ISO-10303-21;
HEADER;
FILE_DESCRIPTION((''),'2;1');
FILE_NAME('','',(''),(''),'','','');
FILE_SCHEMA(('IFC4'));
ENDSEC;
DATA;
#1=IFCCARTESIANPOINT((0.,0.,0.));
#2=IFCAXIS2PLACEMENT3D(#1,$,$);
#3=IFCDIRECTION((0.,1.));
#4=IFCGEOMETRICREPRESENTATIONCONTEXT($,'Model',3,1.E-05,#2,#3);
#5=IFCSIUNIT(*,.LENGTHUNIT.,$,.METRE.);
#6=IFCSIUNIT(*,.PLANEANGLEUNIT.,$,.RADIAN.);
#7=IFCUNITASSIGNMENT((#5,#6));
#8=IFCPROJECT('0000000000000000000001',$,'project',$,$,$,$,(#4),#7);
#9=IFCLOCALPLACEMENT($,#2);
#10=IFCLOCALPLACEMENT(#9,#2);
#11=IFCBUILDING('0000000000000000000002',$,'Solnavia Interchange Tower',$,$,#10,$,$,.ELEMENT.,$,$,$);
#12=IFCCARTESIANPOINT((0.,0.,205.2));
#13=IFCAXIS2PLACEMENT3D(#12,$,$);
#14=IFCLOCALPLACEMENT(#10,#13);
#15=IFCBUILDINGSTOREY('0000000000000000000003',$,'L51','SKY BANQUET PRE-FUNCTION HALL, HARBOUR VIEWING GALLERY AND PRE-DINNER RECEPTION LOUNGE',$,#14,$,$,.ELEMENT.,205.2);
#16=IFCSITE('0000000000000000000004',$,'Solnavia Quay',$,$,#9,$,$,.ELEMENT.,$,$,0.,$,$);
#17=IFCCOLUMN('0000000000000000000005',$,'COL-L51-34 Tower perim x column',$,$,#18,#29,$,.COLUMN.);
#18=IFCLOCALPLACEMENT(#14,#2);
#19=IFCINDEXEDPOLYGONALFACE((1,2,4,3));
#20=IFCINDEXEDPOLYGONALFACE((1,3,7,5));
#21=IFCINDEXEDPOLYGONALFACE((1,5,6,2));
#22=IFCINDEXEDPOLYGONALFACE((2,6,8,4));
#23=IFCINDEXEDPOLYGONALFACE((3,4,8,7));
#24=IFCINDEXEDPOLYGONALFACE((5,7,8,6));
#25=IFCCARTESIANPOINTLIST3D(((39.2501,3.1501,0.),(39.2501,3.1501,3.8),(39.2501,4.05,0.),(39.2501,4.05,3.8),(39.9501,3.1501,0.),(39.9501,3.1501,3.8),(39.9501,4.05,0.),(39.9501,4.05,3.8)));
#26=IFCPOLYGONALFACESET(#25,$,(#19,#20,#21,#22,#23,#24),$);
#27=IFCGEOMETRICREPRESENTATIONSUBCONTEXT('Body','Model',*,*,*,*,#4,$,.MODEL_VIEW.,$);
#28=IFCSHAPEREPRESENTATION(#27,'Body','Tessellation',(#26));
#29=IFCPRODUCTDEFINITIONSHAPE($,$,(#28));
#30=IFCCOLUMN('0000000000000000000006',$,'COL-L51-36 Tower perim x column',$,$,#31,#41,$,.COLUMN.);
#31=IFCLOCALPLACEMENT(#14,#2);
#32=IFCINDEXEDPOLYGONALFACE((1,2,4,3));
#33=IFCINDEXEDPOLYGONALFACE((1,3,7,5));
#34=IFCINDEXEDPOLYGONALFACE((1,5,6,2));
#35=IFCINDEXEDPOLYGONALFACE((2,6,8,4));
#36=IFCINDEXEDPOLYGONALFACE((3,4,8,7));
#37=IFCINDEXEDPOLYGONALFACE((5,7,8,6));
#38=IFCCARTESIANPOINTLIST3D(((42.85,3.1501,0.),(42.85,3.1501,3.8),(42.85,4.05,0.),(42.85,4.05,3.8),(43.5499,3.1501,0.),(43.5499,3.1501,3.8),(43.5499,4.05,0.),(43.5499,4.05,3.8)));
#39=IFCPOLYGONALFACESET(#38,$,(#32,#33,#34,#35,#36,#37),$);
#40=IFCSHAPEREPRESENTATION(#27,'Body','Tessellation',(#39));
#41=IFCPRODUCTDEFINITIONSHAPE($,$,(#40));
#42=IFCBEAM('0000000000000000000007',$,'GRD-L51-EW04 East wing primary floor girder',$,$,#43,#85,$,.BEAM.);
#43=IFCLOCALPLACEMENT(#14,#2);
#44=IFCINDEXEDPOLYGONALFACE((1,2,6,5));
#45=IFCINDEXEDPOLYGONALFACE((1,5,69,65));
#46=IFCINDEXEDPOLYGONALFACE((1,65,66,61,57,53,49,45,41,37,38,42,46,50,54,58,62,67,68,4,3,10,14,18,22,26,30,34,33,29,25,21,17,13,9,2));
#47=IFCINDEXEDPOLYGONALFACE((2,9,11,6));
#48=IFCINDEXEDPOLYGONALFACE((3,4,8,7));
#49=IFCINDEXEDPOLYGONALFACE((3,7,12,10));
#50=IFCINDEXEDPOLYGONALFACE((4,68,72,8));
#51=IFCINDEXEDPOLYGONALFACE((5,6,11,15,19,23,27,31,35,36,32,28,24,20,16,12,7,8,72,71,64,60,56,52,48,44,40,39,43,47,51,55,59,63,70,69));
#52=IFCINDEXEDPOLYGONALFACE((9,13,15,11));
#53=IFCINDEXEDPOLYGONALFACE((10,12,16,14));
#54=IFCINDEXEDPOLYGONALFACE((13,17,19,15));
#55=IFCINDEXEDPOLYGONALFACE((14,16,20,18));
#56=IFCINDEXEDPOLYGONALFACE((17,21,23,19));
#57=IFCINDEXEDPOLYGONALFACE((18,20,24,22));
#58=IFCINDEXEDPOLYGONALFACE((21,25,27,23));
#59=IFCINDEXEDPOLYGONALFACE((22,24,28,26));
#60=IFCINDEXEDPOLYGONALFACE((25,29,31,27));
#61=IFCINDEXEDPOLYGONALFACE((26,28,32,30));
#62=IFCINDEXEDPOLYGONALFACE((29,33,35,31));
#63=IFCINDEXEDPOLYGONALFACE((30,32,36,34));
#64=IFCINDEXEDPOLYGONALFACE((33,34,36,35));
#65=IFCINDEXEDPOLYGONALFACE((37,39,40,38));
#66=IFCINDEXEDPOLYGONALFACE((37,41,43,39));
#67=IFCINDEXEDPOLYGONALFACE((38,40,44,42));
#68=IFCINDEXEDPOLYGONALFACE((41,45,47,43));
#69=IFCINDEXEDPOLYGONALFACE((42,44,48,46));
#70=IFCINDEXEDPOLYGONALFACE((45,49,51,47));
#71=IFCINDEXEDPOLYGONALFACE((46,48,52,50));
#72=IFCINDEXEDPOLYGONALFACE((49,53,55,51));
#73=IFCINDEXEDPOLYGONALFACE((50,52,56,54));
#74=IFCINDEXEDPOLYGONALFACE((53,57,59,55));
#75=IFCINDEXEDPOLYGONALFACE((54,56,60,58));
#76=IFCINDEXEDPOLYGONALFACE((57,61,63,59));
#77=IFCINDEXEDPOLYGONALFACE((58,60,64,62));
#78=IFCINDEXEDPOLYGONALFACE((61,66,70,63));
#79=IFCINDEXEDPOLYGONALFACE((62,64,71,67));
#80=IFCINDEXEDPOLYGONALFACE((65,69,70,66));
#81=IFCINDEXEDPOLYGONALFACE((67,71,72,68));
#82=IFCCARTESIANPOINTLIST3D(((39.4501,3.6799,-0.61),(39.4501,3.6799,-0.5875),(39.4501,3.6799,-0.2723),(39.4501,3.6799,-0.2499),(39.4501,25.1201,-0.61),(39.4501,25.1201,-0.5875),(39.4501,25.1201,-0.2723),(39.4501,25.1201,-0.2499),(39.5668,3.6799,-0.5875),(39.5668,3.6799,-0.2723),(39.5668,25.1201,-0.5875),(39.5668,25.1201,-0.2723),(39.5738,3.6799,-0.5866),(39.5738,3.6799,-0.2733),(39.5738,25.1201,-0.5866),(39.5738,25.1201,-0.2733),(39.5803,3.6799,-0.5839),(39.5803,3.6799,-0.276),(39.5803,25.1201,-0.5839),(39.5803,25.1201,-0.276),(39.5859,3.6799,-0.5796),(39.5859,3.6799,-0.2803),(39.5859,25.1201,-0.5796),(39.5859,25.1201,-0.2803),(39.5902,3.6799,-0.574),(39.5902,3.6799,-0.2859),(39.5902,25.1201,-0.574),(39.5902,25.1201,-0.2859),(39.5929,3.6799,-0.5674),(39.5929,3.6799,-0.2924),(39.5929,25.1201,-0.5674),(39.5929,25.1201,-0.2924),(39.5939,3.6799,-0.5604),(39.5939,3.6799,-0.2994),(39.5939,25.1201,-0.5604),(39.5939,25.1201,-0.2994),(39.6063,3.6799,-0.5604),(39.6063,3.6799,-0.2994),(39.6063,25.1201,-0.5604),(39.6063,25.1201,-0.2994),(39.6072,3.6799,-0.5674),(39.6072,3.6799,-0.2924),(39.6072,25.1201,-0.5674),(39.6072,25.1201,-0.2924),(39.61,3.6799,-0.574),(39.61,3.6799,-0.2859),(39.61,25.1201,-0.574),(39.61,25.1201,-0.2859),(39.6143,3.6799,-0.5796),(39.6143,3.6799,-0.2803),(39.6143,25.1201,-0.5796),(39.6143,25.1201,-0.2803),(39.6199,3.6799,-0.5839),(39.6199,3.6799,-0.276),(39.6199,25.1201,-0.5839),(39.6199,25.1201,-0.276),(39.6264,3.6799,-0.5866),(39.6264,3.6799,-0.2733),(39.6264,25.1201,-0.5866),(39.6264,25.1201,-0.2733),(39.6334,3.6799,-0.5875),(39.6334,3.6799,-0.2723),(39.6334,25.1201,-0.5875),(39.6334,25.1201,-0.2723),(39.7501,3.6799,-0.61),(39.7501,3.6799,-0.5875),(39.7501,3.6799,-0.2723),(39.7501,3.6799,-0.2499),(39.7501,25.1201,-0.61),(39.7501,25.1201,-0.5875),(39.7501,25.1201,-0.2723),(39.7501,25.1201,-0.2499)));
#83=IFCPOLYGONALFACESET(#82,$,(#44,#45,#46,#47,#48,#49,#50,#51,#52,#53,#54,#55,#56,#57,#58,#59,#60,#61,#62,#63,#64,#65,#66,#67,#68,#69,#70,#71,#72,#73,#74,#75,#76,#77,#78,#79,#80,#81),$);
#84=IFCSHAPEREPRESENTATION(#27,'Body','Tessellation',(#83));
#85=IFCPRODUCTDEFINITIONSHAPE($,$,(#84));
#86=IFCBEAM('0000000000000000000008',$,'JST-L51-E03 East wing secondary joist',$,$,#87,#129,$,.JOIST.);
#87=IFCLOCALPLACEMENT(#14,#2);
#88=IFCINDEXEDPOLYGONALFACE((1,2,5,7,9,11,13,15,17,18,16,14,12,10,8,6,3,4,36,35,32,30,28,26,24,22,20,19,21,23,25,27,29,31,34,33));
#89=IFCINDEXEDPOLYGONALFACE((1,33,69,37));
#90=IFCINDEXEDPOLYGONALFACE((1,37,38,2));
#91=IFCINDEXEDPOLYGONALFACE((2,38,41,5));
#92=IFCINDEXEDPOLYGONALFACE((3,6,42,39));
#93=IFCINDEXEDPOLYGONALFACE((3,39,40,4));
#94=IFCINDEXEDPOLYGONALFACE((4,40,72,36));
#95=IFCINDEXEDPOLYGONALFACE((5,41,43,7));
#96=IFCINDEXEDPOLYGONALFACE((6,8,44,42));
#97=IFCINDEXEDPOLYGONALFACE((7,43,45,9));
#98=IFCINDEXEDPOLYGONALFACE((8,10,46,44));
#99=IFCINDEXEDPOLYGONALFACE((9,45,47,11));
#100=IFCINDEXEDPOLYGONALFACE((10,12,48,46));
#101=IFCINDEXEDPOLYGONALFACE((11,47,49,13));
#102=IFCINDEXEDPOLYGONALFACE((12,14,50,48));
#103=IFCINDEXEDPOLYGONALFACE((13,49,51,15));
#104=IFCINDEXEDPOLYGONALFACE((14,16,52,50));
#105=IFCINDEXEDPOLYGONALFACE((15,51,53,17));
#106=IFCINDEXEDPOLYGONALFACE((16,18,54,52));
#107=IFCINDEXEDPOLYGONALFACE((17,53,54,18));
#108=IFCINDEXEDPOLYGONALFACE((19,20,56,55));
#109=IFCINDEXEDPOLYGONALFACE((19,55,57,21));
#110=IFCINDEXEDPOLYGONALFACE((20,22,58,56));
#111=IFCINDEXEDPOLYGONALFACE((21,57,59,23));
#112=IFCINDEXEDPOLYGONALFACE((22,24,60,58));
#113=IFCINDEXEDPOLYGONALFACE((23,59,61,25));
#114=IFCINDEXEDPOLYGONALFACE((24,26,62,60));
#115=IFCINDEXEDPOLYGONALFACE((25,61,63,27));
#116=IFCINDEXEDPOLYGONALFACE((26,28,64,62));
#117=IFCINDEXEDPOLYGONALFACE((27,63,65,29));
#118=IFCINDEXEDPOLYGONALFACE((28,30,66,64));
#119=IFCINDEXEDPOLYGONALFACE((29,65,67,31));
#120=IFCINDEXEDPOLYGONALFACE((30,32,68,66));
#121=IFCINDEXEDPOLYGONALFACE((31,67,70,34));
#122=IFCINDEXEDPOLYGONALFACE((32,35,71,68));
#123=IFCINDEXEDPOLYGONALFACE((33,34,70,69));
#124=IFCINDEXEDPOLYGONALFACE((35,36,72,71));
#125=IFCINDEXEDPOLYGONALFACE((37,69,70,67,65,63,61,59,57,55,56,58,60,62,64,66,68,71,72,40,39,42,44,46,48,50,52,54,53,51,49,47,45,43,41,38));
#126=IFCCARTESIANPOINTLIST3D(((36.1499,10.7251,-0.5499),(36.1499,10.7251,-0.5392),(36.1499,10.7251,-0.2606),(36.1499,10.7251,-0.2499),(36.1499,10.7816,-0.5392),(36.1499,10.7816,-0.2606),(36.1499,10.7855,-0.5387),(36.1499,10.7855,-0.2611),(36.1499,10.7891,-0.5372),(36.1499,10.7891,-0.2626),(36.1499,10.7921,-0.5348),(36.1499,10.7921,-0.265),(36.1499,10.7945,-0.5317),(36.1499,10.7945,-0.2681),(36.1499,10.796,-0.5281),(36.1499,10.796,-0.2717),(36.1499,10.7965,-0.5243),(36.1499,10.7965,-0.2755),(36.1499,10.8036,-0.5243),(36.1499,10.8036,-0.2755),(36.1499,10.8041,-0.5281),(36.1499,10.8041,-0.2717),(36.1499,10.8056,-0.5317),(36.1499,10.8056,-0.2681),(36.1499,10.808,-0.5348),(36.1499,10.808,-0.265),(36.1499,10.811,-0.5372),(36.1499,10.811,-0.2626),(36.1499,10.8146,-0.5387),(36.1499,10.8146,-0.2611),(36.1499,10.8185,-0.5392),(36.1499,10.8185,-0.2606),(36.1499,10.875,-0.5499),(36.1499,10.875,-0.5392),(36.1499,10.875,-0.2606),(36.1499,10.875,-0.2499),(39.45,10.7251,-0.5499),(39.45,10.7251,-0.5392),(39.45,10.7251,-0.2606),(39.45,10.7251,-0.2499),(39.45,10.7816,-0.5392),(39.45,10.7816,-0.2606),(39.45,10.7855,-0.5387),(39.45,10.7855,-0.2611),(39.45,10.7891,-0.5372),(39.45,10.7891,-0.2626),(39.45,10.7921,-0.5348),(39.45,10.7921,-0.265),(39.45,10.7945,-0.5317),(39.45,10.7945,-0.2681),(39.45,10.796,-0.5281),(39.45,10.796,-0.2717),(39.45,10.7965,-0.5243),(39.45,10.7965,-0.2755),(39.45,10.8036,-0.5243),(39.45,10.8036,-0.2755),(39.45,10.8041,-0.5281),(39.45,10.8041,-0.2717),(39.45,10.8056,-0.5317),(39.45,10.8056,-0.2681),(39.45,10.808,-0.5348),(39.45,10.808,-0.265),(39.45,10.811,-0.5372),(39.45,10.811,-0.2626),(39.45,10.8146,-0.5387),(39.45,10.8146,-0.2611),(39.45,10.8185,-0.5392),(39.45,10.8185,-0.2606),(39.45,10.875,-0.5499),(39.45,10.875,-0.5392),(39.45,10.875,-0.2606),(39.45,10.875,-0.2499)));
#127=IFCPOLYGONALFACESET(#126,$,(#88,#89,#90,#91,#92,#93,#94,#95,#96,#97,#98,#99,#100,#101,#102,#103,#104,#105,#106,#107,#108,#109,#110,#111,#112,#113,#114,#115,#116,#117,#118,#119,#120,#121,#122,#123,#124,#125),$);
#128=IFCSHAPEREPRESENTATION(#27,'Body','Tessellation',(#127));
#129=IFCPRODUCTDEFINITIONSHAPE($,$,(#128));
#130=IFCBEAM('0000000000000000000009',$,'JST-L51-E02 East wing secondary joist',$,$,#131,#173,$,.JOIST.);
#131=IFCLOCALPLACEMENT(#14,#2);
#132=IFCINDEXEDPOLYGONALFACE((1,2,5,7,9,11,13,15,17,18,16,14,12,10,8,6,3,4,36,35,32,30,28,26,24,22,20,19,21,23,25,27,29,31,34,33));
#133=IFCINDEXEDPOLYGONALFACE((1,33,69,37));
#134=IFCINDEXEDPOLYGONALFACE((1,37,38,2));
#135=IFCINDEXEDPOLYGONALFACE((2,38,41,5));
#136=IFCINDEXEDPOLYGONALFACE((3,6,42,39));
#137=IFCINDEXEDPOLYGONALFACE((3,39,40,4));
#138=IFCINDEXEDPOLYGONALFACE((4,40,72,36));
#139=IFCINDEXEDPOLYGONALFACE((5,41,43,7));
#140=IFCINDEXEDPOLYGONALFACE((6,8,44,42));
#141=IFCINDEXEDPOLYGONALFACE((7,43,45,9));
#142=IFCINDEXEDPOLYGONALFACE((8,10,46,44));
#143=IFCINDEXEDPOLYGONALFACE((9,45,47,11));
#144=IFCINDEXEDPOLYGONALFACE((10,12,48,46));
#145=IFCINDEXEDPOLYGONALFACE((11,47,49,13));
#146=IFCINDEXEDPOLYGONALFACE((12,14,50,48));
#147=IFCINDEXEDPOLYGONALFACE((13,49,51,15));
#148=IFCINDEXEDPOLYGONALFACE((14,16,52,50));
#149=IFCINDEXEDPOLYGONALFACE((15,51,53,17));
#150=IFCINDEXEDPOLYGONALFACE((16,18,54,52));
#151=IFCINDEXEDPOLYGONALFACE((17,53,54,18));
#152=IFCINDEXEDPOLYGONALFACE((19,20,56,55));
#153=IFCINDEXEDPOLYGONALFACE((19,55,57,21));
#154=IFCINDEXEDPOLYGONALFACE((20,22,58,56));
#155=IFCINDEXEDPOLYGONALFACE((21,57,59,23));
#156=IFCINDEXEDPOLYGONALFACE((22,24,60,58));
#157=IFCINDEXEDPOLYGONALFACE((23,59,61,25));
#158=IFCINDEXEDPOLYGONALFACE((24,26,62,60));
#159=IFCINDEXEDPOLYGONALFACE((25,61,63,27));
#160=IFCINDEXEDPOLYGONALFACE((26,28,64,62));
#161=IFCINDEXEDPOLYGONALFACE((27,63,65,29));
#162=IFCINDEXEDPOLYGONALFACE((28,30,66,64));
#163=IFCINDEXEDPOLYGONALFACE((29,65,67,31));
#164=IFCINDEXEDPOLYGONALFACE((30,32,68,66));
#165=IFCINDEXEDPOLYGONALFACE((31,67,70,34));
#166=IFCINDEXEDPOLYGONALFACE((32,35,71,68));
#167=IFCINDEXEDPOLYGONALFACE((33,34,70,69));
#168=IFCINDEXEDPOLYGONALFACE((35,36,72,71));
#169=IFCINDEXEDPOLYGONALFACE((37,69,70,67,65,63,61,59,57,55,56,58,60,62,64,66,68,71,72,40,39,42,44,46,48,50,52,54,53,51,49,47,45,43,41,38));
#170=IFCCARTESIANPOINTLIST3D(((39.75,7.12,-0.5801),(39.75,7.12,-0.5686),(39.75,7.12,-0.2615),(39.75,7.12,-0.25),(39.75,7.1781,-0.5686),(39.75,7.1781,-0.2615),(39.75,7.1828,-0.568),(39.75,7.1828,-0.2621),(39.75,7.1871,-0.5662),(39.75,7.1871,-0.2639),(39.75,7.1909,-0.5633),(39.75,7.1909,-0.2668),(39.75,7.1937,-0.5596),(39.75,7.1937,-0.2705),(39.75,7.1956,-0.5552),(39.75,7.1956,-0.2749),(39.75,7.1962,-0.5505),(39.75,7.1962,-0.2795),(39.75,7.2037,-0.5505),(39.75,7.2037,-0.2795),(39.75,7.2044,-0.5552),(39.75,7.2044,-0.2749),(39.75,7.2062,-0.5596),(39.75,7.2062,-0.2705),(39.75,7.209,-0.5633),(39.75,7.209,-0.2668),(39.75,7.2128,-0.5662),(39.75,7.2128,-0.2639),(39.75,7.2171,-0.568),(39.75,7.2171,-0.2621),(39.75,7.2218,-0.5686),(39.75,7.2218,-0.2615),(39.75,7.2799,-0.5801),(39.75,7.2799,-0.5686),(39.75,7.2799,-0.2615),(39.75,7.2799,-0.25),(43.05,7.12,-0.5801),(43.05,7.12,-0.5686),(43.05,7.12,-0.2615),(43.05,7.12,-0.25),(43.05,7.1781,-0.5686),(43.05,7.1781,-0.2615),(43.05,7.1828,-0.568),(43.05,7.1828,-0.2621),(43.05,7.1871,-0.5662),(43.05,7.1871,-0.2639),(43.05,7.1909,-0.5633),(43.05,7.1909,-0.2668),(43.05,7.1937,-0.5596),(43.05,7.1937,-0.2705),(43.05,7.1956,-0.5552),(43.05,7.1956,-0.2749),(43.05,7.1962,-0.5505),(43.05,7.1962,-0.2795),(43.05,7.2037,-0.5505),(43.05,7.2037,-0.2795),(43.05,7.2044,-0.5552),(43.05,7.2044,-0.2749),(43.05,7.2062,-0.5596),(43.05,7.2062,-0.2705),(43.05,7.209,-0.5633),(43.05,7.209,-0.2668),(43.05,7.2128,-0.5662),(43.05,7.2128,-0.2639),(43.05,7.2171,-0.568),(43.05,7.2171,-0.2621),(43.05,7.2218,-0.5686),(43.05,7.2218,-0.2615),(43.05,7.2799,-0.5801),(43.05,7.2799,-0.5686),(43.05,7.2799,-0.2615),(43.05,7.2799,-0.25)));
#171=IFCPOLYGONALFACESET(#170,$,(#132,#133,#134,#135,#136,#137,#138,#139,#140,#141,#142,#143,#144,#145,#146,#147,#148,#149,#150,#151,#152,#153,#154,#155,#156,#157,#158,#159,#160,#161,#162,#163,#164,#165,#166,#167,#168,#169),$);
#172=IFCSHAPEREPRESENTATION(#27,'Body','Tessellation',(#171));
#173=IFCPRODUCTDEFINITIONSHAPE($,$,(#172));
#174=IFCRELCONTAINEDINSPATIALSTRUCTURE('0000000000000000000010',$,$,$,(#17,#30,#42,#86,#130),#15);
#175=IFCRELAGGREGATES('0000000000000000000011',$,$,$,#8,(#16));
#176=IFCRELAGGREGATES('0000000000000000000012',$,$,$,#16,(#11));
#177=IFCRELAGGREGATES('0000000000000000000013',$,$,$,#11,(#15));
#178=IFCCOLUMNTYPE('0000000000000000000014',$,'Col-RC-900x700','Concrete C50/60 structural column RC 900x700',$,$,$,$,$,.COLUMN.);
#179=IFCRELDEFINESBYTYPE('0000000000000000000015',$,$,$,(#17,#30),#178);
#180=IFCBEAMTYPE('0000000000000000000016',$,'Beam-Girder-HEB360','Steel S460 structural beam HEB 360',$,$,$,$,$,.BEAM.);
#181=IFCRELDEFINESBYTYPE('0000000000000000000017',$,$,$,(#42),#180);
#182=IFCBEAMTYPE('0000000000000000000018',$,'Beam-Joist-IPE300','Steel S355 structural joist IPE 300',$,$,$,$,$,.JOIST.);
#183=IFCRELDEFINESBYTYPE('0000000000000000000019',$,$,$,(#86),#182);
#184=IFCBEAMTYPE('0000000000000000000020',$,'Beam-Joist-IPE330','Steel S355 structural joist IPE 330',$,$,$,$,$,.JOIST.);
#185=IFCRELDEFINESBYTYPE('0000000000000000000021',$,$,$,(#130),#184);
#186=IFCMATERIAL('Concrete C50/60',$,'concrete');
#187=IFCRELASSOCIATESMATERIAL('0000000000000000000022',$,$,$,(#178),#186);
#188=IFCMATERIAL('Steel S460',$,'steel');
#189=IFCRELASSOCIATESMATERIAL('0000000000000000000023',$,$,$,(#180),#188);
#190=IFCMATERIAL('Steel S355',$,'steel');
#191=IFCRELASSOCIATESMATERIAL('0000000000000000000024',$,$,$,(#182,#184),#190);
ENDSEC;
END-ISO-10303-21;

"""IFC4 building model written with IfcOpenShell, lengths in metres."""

from ifc_helpers import new_model, si_unit, direction, frame, origin, origin_2d, place, context, subcontext, project, spatial, rectangle, i_section, extrude, material, material_profile, profile_set, type_object, element, save


model = new_model("IFC4")

# Units and contexts
model_context = context("Model", 3, precision=1e-05, world=origin(), true_north=direction((0.0, 1.0)))
body_context = subcontext(model_context, "Body", "Model", "MODEL_VIEW")
ifc_project = project(units=[si_unit("LENGTHUNIT", "METRE"), si_unit("PLANEANGLEUNIT", "RADIAN")], contexts=[model_context])

# Site, building, storey
site_placement = place(None, origin())
site = spatial("IfcSite", under=ifc_project, at=site_placement, Name="Solnavia Quay", CompositionType="ELEMENT", RefElevation=0.0)
building_placement = place(site_placement, origin())
building = spatial("IfcBuilding", under=site, at=building_placement, Name="Solnavia Interchange Tower", CompositionType="ELEMENT")
storey_placement = place(building_placement, frame((0.0, 0.0, 205.2)))
storey = spatial("IfcBuildingStorey", under=building, at=storey_placement, Name="L51", Description="SKY BANQUET PRE-FUNCTION HALL, HARBOUR VIEWING GALLERY AND PRE-DINNER RECEPTION LOUNGE", CompositionType="ELEMENT", Elevation=205.2)

# Columns
ifc_material_1 = material(Name="Concrete C50/60", Category="concrete")
ifc_material_profile_1 = material_profile(ifc_material_1, rectangle(XDim=0.7, YDim=0.8999, at=origin_2d()), Name="RC 900x700")
ifc_profile_set_1 = profile_set([ifc_material_profile_1], Name="Concrete C50/60")
column_type = type_object("IfcColumnType", Name="Col-RC-900x700", Description="Concrete C50/60 structural column RC 900x700", PredefinedType="COLUMN", material=ifc_profile_set_1)
for number, where, z_axis, x_axis, name in (
    (1, (39.6001, 3.6001, 0.0), (0.0, 0.0, 1.0), (1.0, 0.0, 0.0), "COL-L51-34 Tower perim x column"),
    (2, (43.2, 3.6001, 0.0), (0.0, 0.0, 1.0), (1.0, 0.0, 0.0), "COL-L51-36 Tower perim x column"),
):
    element("IfcColumn", number, at=place(storey_placement, frame(where, z_axis=z_axis, x_axis=x_axis)), inside=storey, type_object=column_type, Name=name, PredefinedType="COLUMN", context=body_context, shape_type="SweptSolid", body=[
        extrude(rectangle(XDim=0.7, YDim=0.8999, at=origin_2d()), origin(), (0.0, 0.0, 1.0), 3.8),
    ])

# Beams
ifc_material_2 = material(Name="Steel S460", Category="steel")
ifc_material_profile_2 = material_profile(ifc_material_2, i_section(OverallWidth=0.3, OverallDepth=0.3601, WebThickness=0.0125, FlangeThickness=0.0225, FilletRadius=0.0271, at=origin_2d()), Name="HEB 360")
ifc_profile_set_2 = profile_set([ifc_material_profile_2], Name="Steel S460")
beam_type_1 = type_object("IfcBeamType", Name="Beam-Girder-HEB360", Description="Steel S460 structural beam HEB 360", PredefinedType="BEAM", material=ifc_profile_set_2)
beam_1_placement = place(storey_placement, frame((39.6001, 3.6799, -0.4299), z_axis=(0.0, 1.0, 0.0), x_axis=(-1.0, 0.0, 0.0)))
element("IfcBeam", 3, at=beam_1_placement, inside=storey, type_object=beam_type_1, Name="GRD-L51-EW04 East wing primary floor girder", PredefinedType="BEAM", context=body_context, shape_type="SweptSolid", body=[
    extrude(i_section(OverallWidth=0.3, OverallDepth=0.3601, WebThickness=0.0125, FlangeThickness=0.0225, FilletRadius=0.0271, at=origin_2d()), origin(), (0.0, 0.0, 1.0), 21.4402),
])
ifc_material_3 = material(Name="Steel S355", Category="steel")
ifc_material_profile_3 = material_profile(ifc_material_3, i_section(OverallWidth=0.1499, OverallDepth=0.3, WebThickness=0.0071, FlangeThickness=0.0107, FilletRadius=0.0149, at=origin_2d()), Name="IPE 300")
ifc_profile_set_3 = profile_set([ifc_material_profile_3], Name="Steel S355")
beam_type_2 = type_object("IfcBeamType", Name="Beam-Joist-IPE300", Description="Steel S355 structural joist IPE 300", PredefinedType="JOIST", material=ifc_profile_set_3)
beam_2_placement = place(storey_placement, frame((36.1499, 10.8, -0.3999), z_axis=(1.0, 0.0, 0.0), x_axis=(0.0, 1.0, 0.0)))
element("IfcBeam", 4, at=beam_2_placement, inside=storey, type_object=beam_type_2, Name="JST-L51-E03 East wing secondary joist", PredefinedType="JOIST", context=body_context, shape_type="SweptSolid", body=[
    extrude(i_section(OverallWidth=0.1499, OverallDepth=0.3, WebThickness=0.0071, FlangeThickness=0.0107, FilletRadius=0.0149, at=origin_2d()), origin(), (0.0, 0.0, 1.0), 3.3),
])
ifc_material_profile_4 = material_profile(ifc_material_3, i_section(OverallWidth=0.1599, OverallDepth=0.3301, WebThickness=0.0076, FlangeThickness=0.0115, FilletRadius=0.0181, at=origin_2d()), Name="IPE 330")
ifc_profile_set_4 = profile_set([ifc_material_profile_4], Name="Steel S355")
beam_type_3 = type_object("IfcBeamType", Name="Beam-Joist-IPE330", Description="Steel S355 structural joist IPE 330", PredefinedType="JOIST", material=ifc_profile_set_4)
beam_3_placement = place(storey_placement, frame((39.75, 7.2, -0.415), z_axis=(1.0, 0.0, 0.0), x_axis=(0.0, 1.0, 0.0)))
element("IfcBeam", 5, at=beam_3_placement, inside=storey, type_object=beam_type_3, Name="JST-L51-E02 East wing secondary joist", PredefinedType="JOIST", context=body_context, shape_type="SweptSolid", body=[
    extrude(i_section(OverallWidth=0.1599, OverallDepth=0.3301, WebThickness=0.0076, FlangeThickness=0.0115, FilletRadius=0.0181, at=origin_2d()), origin(), (0.0, 0.0, 1.0), 3.3),
])

save(model, "model.ifc")
